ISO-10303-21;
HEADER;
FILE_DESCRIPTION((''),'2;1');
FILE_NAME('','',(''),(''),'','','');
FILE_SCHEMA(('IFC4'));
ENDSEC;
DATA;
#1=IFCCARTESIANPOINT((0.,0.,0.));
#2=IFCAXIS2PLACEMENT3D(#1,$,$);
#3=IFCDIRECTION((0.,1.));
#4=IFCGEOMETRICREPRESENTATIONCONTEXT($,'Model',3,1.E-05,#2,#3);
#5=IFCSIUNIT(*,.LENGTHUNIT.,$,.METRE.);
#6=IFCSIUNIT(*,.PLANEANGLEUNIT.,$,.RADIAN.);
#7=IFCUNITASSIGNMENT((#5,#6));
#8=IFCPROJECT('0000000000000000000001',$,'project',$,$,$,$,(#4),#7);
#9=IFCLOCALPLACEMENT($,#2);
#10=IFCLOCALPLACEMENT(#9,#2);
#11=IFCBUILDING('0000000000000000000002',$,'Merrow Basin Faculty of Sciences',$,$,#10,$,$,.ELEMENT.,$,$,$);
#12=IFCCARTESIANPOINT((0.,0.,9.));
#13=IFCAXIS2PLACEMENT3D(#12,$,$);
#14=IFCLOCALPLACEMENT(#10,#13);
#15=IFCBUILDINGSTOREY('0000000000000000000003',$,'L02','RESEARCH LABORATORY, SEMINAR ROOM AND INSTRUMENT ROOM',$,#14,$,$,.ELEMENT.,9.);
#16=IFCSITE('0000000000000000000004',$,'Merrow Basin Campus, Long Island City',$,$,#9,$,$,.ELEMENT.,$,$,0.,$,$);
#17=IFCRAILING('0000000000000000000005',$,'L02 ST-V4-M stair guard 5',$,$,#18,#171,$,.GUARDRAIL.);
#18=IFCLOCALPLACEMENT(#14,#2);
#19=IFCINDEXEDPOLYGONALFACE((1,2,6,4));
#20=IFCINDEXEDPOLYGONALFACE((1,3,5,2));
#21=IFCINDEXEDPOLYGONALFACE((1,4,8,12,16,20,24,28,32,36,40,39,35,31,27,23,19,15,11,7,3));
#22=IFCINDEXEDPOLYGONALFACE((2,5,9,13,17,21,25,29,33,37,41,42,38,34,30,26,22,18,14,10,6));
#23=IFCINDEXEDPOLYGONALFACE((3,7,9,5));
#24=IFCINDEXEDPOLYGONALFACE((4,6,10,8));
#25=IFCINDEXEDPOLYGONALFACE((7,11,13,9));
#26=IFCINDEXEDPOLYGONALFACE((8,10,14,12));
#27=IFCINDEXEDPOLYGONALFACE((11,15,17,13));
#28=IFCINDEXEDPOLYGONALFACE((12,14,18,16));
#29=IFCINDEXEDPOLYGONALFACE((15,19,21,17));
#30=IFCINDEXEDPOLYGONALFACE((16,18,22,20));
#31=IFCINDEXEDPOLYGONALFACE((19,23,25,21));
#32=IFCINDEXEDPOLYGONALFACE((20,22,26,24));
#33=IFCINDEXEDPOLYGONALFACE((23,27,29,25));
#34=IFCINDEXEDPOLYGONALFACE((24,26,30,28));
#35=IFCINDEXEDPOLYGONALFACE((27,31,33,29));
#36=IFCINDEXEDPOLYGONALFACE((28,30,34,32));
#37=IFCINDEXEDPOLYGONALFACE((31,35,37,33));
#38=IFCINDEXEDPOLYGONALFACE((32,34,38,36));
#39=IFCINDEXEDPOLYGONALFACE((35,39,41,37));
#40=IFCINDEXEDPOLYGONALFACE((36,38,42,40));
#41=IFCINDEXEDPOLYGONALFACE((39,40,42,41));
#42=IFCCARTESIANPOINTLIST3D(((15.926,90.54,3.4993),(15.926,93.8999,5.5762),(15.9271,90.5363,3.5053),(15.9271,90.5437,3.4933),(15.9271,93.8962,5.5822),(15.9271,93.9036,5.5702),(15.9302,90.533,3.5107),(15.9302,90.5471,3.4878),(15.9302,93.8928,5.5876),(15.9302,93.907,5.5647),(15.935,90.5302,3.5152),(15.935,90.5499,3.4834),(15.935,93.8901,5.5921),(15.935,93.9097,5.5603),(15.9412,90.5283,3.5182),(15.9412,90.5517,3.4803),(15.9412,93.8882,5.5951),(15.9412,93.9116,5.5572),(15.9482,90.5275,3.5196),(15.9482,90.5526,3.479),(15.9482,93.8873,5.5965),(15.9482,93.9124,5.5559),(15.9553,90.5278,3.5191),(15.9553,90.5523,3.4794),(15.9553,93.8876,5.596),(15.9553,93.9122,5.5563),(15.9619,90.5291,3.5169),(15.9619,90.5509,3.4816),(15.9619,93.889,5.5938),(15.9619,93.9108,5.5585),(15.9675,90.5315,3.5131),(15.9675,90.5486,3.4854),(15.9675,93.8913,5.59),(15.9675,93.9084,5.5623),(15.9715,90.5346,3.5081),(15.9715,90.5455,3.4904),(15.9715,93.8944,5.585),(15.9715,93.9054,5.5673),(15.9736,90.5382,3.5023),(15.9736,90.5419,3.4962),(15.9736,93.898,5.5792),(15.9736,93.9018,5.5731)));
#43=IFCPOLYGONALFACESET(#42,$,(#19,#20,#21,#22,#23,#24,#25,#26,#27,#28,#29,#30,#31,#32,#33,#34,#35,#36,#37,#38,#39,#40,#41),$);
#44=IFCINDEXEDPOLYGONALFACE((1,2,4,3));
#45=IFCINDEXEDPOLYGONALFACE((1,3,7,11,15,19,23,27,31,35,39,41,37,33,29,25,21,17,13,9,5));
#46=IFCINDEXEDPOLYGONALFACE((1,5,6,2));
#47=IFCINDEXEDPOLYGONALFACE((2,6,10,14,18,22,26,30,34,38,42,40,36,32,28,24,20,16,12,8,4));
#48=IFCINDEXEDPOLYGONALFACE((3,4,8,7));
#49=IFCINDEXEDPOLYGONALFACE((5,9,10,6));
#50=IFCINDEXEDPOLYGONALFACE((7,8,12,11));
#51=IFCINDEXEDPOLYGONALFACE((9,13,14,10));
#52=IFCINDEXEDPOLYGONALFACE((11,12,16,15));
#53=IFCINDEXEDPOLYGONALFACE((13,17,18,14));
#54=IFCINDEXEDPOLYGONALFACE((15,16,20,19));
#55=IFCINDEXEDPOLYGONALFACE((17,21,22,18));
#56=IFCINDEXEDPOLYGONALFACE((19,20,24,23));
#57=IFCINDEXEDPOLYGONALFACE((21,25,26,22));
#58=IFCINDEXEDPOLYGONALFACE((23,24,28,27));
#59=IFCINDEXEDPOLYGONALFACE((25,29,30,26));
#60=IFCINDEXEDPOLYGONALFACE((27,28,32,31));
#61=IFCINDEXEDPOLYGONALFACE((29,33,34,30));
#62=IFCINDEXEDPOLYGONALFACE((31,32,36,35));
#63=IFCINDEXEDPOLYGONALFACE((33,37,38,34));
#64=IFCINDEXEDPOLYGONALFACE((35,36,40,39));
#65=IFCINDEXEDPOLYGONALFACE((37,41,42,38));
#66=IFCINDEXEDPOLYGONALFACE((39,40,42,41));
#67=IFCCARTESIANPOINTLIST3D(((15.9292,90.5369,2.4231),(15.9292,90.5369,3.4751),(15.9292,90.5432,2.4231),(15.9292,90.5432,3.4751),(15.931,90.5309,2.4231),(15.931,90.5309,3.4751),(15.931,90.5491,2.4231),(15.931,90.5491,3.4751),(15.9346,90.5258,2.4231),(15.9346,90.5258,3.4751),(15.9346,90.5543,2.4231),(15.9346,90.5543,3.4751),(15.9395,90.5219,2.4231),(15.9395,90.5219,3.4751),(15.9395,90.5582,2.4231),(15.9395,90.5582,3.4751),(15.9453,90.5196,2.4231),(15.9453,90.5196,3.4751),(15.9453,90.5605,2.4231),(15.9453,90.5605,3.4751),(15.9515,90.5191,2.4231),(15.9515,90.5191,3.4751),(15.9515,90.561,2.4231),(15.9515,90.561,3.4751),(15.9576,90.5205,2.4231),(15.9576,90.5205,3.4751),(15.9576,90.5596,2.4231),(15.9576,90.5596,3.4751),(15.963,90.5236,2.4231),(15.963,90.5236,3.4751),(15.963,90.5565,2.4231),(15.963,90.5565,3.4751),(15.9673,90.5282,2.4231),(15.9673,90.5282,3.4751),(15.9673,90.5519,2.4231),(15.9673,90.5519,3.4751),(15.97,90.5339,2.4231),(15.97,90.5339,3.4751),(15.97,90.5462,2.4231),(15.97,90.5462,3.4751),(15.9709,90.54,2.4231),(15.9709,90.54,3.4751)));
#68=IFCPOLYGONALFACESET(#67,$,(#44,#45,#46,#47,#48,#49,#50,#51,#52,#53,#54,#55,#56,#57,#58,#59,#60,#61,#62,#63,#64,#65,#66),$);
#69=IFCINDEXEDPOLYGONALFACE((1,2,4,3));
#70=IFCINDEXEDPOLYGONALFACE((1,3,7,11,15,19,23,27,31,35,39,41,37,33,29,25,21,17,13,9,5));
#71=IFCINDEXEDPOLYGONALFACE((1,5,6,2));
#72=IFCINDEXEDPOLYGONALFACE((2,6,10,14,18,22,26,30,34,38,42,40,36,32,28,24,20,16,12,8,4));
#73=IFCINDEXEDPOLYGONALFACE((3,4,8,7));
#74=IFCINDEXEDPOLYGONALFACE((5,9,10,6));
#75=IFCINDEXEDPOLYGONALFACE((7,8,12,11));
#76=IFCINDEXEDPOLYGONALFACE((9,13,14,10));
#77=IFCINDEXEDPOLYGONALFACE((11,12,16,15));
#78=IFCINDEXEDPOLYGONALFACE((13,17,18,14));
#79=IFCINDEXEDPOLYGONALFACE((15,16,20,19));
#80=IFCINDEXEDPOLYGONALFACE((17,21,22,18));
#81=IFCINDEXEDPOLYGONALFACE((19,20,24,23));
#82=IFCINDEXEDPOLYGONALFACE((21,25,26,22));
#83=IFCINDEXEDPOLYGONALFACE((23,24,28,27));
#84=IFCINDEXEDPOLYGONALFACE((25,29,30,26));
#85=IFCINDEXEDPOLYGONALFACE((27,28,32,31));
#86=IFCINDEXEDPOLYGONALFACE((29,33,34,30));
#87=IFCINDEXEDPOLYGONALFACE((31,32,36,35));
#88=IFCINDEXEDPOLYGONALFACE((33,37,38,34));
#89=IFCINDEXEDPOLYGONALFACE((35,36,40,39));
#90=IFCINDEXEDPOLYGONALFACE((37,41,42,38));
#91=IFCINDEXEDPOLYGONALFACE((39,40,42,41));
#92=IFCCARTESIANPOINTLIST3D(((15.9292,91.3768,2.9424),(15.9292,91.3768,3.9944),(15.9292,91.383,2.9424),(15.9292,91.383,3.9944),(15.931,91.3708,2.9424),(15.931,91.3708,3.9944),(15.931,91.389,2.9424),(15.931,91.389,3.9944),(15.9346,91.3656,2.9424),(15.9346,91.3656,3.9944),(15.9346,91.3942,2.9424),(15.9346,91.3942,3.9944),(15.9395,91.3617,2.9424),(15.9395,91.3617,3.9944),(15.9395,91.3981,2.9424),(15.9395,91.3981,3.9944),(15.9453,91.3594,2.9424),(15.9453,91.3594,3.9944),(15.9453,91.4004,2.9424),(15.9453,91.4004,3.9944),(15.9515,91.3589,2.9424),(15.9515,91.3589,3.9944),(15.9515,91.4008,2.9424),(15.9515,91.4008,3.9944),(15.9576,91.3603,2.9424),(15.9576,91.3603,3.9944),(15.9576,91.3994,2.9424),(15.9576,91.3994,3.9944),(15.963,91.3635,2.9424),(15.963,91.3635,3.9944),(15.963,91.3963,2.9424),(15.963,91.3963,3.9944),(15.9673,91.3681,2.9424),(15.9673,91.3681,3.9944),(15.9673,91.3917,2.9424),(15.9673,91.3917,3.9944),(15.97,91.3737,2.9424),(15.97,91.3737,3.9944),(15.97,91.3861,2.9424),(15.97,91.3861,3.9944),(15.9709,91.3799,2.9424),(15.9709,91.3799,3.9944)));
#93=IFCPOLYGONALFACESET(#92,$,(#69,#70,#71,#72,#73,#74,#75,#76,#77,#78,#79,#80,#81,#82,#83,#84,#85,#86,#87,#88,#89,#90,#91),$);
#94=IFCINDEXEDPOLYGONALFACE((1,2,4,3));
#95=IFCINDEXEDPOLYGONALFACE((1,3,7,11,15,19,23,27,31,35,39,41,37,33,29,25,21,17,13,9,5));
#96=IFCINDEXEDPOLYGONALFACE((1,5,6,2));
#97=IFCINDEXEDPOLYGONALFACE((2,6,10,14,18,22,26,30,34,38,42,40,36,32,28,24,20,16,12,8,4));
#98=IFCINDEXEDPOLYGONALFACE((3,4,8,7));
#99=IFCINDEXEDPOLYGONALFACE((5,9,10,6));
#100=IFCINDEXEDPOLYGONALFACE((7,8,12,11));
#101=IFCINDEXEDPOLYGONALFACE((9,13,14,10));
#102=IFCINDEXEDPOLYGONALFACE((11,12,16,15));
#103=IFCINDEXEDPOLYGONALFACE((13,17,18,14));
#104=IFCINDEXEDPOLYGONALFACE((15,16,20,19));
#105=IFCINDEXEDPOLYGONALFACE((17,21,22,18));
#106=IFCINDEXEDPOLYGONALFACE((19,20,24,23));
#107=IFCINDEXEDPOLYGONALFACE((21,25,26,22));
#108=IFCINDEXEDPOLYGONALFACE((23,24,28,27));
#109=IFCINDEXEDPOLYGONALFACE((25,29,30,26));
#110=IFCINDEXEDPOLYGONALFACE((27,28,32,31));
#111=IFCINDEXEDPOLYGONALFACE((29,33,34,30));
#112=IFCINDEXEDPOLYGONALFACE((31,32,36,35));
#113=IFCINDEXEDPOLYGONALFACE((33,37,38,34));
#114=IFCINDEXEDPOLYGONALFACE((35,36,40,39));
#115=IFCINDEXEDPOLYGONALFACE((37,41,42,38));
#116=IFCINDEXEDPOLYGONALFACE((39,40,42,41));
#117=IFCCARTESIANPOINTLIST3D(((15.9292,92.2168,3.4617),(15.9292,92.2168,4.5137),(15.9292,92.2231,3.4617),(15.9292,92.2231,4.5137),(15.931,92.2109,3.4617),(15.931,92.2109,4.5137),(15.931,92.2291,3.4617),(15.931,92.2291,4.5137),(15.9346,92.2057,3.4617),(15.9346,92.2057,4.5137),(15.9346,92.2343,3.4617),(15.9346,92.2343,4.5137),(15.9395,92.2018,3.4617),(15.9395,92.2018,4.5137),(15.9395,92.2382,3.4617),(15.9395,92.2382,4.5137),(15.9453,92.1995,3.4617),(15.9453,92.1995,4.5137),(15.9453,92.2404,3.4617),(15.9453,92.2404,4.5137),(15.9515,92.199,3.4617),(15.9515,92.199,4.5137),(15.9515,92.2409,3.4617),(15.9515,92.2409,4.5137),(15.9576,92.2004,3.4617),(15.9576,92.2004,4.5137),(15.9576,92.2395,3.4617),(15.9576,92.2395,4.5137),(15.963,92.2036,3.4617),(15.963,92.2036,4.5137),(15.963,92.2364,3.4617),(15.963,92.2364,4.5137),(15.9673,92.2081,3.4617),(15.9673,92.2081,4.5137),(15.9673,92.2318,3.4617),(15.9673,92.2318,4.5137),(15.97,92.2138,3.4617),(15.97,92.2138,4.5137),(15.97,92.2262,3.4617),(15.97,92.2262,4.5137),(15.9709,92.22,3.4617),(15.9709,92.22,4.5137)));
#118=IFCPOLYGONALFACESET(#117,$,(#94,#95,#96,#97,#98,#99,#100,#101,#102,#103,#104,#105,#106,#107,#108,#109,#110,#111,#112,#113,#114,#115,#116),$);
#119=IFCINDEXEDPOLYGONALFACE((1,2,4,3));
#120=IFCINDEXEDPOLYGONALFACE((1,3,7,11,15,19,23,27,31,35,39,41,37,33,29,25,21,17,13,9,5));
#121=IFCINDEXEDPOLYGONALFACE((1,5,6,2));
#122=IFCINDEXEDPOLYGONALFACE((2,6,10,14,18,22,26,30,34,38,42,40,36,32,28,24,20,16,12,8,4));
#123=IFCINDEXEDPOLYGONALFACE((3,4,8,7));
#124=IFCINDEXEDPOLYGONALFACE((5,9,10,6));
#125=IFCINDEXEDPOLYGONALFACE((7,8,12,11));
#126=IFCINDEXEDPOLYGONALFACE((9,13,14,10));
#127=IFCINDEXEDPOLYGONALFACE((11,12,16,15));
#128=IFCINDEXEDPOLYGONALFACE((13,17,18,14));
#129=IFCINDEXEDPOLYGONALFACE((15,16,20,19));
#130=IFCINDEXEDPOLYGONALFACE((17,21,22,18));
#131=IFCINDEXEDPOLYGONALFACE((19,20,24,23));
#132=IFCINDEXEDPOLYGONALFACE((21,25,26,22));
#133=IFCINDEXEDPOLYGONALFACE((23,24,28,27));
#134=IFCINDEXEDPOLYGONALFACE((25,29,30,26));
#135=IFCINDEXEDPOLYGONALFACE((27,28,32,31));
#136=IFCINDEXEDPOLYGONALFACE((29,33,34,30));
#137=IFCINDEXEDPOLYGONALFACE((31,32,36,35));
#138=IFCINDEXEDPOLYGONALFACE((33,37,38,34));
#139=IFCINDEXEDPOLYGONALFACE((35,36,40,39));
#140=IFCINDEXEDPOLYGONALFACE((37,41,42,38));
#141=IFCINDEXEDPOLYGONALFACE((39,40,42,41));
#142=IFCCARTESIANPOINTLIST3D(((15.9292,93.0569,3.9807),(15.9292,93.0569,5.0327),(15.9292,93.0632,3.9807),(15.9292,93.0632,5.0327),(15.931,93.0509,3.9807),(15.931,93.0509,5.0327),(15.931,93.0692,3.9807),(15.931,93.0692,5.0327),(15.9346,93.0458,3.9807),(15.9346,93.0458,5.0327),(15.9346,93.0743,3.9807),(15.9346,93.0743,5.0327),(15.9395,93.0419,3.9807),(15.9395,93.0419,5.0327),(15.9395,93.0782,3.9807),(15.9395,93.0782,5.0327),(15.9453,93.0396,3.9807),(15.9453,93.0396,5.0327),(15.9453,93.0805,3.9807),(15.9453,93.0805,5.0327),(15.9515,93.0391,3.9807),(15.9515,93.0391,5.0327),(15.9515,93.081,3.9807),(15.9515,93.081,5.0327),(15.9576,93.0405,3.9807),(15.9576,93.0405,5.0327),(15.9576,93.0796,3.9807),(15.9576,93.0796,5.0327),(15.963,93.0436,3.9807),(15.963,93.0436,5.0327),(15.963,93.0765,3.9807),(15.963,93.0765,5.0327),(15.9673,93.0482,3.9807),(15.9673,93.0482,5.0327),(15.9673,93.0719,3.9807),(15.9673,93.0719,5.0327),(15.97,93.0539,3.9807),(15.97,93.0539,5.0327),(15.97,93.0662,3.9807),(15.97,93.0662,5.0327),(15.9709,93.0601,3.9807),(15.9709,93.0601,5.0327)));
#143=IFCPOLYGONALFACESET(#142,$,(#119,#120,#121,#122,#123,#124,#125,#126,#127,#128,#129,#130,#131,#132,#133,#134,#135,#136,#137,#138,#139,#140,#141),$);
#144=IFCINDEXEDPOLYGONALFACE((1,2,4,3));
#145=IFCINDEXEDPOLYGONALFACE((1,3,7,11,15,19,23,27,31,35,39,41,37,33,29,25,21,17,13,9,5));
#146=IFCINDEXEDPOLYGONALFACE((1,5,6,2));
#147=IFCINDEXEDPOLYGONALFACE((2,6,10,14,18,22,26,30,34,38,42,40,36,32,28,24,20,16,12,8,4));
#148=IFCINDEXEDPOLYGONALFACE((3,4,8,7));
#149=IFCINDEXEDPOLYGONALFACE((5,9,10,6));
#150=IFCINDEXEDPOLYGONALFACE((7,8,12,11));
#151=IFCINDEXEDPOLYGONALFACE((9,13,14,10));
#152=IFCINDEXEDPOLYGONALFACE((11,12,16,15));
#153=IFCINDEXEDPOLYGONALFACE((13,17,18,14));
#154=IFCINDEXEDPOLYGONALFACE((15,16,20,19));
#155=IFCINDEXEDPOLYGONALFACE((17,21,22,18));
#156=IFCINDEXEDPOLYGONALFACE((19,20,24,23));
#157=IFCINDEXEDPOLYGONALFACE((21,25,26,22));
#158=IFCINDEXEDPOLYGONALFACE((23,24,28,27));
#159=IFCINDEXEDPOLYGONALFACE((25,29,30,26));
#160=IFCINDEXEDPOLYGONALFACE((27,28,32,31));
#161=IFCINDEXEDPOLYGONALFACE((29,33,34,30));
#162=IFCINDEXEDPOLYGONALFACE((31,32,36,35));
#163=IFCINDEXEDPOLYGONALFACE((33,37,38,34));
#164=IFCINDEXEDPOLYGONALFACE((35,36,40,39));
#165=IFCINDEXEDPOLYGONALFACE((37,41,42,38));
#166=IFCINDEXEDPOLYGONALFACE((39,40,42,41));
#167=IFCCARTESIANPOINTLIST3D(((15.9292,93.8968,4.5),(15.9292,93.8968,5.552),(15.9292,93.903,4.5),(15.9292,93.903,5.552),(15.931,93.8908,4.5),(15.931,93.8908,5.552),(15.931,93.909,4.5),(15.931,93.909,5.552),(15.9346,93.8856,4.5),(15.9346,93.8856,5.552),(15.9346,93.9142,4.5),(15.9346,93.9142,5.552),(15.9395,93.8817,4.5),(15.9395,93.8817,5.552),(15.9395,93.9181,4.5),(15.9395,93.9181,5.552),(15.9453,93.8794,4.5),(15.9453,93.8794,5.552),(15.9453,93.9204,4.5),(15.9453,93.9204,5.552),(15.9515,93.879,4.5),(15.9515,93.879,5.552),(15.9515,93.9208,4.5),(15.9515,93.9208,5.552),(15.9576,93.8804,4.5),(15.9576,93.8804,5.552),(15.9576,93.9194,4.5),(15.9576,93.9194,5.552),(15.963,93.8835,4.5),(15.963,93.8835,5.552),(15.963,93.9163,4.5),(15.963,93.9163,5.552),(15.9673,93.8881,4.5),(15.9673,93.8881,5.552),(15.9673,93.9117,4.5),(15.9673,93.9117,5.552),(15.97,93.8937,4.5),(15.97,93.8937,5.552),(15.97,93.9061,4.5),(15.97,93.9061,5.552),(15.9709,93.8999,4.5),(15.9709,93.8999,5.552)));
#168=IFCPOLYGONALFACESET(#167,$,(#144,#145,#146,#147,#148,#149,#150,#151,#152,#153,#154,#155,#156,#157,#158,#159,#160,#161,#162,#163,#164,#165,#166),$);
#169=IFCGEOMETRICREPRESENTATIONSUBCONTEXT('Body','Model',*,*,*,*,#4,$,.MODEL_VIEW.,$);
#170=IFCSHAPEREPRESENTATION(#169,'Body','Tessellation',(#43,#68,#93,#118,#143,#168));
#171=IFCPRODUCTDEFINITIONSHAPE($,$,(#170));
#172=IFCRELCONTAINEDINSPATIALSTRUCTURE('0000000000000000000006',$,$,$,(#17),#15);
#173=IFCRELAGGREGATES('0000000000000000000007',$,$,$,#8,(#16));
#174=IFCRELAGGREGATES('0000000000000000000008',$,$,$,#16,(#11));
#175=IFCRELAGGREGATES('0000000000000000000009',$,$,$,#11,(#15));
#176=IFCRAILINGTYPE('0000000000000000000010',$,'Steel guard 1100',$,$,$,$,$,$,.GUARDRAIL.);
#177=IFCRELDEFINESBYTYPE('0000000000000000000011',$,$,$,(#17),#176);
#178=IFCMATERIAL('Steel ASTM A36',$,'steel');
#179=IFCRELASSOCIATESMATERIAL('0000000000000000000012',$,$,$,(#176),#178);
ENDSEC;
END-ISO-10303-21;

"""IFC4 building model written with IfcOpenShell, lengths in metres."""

from ifc_helpers import new_model, si_unit, direction, frame, origin, origin_2d, place, context, subcontext, project, spatial, circle, extrude, material, type_object, element, save


model = new_model("IFC4")

# Units and contexts
model_context = context("Model", 3, precision=1e-05, world=origin(), true_north=direction((0.0, 1.0)))
body_context = subcontext(model_context, "Body", "Model", "MODEL_VIEW")
ifc_project = project(units=[si_unit("LENGTHUNIT", "METRE"), si_unit("PLANEANGLEUNIT", "RADIAN")], contexts=[model_context])

# Site, building, storey
site_placement = place(None, origin())
site = spatial("IfcSite", under=ifc_project, at=site_placement, Name="Merrow Basin Campus, Long Island City", CompositionType="ELEMENT", RefElevation=0.0)
building_placement = place(site_placement, origin())
building = spatial("IfcBuilding", under=site, at=building_placement, Name="Merrow Basin Faculty of Sciences", CompositionType="ELEMENT")
storey_placement = place(building_placement, frame((0.0, 0.0, 9.0)))
storey = spatial("IfcBuildingStorey", under=building, at=storey_placement, Name="L02", Description="RESEARCH LABORATORY, SEMINAR ROOM AND INSTRUMENT ROOM", CompositionType="ELEMENT", Elevation=9.0)

# Railing
ifc_material_1 = material(Name="Steel ASTM A36", Category="steel")
railing_type_1 = type_object("IfcRailingType", Name="Steel guard 1100", PredefinedType="GUARDRAIL", material=ifc_material_1)
railing_1_placement = place(storey_placement, frame((15.95, 90.54, 2.4231)))
element("IfcRailing", 1, at=railing_1_placement, inside=storey, type_object=railing_type_1, Name="L02 ST-V4-M stair guard 5", PredefinedType="GUARDRAIL", context=body_context, shape_type="SweptSolid", body=[
    extrude(circle(Radius=0.0239, at=origin_2d()), frame((0.0, 0.0, 1.0762), z_axis=(0.0, 0.850606, 0.525803), x_axis=(-1.0, 0.0, 0.0)), (0.0, 0.0, 1.0), 3.95),
    extrude(circle(Radius=0.021, at=origin_2d()), origin(), (0.0, 0.0, 1.0), 1.052),
    extrude(circle(Radius=0.021, at=origin_2d()), frame((0.0, 0.8398, 0.5193)), (0.0, 0.0, 1.0), 1.052),
    extrude(circle(Radius=0.021, at=origin_2d()), frame((0.0, 1.6799, 1.0386)), (0.0, 0.0, 1.0), 1.052),
    extrude(circle(Radius=0.021, at=origin_2d()), frame((0.0, 2.52, 1.5576)), (0.0, 0.0, 1.0), 1.052),
    extrude(circle(Radius=0.021, at=origin_2d()), frame((0.0, 3.3599, 2.0769)), (0.0, 0.0, 1.0), 1.052),
])

save(model, "model.ifc")
